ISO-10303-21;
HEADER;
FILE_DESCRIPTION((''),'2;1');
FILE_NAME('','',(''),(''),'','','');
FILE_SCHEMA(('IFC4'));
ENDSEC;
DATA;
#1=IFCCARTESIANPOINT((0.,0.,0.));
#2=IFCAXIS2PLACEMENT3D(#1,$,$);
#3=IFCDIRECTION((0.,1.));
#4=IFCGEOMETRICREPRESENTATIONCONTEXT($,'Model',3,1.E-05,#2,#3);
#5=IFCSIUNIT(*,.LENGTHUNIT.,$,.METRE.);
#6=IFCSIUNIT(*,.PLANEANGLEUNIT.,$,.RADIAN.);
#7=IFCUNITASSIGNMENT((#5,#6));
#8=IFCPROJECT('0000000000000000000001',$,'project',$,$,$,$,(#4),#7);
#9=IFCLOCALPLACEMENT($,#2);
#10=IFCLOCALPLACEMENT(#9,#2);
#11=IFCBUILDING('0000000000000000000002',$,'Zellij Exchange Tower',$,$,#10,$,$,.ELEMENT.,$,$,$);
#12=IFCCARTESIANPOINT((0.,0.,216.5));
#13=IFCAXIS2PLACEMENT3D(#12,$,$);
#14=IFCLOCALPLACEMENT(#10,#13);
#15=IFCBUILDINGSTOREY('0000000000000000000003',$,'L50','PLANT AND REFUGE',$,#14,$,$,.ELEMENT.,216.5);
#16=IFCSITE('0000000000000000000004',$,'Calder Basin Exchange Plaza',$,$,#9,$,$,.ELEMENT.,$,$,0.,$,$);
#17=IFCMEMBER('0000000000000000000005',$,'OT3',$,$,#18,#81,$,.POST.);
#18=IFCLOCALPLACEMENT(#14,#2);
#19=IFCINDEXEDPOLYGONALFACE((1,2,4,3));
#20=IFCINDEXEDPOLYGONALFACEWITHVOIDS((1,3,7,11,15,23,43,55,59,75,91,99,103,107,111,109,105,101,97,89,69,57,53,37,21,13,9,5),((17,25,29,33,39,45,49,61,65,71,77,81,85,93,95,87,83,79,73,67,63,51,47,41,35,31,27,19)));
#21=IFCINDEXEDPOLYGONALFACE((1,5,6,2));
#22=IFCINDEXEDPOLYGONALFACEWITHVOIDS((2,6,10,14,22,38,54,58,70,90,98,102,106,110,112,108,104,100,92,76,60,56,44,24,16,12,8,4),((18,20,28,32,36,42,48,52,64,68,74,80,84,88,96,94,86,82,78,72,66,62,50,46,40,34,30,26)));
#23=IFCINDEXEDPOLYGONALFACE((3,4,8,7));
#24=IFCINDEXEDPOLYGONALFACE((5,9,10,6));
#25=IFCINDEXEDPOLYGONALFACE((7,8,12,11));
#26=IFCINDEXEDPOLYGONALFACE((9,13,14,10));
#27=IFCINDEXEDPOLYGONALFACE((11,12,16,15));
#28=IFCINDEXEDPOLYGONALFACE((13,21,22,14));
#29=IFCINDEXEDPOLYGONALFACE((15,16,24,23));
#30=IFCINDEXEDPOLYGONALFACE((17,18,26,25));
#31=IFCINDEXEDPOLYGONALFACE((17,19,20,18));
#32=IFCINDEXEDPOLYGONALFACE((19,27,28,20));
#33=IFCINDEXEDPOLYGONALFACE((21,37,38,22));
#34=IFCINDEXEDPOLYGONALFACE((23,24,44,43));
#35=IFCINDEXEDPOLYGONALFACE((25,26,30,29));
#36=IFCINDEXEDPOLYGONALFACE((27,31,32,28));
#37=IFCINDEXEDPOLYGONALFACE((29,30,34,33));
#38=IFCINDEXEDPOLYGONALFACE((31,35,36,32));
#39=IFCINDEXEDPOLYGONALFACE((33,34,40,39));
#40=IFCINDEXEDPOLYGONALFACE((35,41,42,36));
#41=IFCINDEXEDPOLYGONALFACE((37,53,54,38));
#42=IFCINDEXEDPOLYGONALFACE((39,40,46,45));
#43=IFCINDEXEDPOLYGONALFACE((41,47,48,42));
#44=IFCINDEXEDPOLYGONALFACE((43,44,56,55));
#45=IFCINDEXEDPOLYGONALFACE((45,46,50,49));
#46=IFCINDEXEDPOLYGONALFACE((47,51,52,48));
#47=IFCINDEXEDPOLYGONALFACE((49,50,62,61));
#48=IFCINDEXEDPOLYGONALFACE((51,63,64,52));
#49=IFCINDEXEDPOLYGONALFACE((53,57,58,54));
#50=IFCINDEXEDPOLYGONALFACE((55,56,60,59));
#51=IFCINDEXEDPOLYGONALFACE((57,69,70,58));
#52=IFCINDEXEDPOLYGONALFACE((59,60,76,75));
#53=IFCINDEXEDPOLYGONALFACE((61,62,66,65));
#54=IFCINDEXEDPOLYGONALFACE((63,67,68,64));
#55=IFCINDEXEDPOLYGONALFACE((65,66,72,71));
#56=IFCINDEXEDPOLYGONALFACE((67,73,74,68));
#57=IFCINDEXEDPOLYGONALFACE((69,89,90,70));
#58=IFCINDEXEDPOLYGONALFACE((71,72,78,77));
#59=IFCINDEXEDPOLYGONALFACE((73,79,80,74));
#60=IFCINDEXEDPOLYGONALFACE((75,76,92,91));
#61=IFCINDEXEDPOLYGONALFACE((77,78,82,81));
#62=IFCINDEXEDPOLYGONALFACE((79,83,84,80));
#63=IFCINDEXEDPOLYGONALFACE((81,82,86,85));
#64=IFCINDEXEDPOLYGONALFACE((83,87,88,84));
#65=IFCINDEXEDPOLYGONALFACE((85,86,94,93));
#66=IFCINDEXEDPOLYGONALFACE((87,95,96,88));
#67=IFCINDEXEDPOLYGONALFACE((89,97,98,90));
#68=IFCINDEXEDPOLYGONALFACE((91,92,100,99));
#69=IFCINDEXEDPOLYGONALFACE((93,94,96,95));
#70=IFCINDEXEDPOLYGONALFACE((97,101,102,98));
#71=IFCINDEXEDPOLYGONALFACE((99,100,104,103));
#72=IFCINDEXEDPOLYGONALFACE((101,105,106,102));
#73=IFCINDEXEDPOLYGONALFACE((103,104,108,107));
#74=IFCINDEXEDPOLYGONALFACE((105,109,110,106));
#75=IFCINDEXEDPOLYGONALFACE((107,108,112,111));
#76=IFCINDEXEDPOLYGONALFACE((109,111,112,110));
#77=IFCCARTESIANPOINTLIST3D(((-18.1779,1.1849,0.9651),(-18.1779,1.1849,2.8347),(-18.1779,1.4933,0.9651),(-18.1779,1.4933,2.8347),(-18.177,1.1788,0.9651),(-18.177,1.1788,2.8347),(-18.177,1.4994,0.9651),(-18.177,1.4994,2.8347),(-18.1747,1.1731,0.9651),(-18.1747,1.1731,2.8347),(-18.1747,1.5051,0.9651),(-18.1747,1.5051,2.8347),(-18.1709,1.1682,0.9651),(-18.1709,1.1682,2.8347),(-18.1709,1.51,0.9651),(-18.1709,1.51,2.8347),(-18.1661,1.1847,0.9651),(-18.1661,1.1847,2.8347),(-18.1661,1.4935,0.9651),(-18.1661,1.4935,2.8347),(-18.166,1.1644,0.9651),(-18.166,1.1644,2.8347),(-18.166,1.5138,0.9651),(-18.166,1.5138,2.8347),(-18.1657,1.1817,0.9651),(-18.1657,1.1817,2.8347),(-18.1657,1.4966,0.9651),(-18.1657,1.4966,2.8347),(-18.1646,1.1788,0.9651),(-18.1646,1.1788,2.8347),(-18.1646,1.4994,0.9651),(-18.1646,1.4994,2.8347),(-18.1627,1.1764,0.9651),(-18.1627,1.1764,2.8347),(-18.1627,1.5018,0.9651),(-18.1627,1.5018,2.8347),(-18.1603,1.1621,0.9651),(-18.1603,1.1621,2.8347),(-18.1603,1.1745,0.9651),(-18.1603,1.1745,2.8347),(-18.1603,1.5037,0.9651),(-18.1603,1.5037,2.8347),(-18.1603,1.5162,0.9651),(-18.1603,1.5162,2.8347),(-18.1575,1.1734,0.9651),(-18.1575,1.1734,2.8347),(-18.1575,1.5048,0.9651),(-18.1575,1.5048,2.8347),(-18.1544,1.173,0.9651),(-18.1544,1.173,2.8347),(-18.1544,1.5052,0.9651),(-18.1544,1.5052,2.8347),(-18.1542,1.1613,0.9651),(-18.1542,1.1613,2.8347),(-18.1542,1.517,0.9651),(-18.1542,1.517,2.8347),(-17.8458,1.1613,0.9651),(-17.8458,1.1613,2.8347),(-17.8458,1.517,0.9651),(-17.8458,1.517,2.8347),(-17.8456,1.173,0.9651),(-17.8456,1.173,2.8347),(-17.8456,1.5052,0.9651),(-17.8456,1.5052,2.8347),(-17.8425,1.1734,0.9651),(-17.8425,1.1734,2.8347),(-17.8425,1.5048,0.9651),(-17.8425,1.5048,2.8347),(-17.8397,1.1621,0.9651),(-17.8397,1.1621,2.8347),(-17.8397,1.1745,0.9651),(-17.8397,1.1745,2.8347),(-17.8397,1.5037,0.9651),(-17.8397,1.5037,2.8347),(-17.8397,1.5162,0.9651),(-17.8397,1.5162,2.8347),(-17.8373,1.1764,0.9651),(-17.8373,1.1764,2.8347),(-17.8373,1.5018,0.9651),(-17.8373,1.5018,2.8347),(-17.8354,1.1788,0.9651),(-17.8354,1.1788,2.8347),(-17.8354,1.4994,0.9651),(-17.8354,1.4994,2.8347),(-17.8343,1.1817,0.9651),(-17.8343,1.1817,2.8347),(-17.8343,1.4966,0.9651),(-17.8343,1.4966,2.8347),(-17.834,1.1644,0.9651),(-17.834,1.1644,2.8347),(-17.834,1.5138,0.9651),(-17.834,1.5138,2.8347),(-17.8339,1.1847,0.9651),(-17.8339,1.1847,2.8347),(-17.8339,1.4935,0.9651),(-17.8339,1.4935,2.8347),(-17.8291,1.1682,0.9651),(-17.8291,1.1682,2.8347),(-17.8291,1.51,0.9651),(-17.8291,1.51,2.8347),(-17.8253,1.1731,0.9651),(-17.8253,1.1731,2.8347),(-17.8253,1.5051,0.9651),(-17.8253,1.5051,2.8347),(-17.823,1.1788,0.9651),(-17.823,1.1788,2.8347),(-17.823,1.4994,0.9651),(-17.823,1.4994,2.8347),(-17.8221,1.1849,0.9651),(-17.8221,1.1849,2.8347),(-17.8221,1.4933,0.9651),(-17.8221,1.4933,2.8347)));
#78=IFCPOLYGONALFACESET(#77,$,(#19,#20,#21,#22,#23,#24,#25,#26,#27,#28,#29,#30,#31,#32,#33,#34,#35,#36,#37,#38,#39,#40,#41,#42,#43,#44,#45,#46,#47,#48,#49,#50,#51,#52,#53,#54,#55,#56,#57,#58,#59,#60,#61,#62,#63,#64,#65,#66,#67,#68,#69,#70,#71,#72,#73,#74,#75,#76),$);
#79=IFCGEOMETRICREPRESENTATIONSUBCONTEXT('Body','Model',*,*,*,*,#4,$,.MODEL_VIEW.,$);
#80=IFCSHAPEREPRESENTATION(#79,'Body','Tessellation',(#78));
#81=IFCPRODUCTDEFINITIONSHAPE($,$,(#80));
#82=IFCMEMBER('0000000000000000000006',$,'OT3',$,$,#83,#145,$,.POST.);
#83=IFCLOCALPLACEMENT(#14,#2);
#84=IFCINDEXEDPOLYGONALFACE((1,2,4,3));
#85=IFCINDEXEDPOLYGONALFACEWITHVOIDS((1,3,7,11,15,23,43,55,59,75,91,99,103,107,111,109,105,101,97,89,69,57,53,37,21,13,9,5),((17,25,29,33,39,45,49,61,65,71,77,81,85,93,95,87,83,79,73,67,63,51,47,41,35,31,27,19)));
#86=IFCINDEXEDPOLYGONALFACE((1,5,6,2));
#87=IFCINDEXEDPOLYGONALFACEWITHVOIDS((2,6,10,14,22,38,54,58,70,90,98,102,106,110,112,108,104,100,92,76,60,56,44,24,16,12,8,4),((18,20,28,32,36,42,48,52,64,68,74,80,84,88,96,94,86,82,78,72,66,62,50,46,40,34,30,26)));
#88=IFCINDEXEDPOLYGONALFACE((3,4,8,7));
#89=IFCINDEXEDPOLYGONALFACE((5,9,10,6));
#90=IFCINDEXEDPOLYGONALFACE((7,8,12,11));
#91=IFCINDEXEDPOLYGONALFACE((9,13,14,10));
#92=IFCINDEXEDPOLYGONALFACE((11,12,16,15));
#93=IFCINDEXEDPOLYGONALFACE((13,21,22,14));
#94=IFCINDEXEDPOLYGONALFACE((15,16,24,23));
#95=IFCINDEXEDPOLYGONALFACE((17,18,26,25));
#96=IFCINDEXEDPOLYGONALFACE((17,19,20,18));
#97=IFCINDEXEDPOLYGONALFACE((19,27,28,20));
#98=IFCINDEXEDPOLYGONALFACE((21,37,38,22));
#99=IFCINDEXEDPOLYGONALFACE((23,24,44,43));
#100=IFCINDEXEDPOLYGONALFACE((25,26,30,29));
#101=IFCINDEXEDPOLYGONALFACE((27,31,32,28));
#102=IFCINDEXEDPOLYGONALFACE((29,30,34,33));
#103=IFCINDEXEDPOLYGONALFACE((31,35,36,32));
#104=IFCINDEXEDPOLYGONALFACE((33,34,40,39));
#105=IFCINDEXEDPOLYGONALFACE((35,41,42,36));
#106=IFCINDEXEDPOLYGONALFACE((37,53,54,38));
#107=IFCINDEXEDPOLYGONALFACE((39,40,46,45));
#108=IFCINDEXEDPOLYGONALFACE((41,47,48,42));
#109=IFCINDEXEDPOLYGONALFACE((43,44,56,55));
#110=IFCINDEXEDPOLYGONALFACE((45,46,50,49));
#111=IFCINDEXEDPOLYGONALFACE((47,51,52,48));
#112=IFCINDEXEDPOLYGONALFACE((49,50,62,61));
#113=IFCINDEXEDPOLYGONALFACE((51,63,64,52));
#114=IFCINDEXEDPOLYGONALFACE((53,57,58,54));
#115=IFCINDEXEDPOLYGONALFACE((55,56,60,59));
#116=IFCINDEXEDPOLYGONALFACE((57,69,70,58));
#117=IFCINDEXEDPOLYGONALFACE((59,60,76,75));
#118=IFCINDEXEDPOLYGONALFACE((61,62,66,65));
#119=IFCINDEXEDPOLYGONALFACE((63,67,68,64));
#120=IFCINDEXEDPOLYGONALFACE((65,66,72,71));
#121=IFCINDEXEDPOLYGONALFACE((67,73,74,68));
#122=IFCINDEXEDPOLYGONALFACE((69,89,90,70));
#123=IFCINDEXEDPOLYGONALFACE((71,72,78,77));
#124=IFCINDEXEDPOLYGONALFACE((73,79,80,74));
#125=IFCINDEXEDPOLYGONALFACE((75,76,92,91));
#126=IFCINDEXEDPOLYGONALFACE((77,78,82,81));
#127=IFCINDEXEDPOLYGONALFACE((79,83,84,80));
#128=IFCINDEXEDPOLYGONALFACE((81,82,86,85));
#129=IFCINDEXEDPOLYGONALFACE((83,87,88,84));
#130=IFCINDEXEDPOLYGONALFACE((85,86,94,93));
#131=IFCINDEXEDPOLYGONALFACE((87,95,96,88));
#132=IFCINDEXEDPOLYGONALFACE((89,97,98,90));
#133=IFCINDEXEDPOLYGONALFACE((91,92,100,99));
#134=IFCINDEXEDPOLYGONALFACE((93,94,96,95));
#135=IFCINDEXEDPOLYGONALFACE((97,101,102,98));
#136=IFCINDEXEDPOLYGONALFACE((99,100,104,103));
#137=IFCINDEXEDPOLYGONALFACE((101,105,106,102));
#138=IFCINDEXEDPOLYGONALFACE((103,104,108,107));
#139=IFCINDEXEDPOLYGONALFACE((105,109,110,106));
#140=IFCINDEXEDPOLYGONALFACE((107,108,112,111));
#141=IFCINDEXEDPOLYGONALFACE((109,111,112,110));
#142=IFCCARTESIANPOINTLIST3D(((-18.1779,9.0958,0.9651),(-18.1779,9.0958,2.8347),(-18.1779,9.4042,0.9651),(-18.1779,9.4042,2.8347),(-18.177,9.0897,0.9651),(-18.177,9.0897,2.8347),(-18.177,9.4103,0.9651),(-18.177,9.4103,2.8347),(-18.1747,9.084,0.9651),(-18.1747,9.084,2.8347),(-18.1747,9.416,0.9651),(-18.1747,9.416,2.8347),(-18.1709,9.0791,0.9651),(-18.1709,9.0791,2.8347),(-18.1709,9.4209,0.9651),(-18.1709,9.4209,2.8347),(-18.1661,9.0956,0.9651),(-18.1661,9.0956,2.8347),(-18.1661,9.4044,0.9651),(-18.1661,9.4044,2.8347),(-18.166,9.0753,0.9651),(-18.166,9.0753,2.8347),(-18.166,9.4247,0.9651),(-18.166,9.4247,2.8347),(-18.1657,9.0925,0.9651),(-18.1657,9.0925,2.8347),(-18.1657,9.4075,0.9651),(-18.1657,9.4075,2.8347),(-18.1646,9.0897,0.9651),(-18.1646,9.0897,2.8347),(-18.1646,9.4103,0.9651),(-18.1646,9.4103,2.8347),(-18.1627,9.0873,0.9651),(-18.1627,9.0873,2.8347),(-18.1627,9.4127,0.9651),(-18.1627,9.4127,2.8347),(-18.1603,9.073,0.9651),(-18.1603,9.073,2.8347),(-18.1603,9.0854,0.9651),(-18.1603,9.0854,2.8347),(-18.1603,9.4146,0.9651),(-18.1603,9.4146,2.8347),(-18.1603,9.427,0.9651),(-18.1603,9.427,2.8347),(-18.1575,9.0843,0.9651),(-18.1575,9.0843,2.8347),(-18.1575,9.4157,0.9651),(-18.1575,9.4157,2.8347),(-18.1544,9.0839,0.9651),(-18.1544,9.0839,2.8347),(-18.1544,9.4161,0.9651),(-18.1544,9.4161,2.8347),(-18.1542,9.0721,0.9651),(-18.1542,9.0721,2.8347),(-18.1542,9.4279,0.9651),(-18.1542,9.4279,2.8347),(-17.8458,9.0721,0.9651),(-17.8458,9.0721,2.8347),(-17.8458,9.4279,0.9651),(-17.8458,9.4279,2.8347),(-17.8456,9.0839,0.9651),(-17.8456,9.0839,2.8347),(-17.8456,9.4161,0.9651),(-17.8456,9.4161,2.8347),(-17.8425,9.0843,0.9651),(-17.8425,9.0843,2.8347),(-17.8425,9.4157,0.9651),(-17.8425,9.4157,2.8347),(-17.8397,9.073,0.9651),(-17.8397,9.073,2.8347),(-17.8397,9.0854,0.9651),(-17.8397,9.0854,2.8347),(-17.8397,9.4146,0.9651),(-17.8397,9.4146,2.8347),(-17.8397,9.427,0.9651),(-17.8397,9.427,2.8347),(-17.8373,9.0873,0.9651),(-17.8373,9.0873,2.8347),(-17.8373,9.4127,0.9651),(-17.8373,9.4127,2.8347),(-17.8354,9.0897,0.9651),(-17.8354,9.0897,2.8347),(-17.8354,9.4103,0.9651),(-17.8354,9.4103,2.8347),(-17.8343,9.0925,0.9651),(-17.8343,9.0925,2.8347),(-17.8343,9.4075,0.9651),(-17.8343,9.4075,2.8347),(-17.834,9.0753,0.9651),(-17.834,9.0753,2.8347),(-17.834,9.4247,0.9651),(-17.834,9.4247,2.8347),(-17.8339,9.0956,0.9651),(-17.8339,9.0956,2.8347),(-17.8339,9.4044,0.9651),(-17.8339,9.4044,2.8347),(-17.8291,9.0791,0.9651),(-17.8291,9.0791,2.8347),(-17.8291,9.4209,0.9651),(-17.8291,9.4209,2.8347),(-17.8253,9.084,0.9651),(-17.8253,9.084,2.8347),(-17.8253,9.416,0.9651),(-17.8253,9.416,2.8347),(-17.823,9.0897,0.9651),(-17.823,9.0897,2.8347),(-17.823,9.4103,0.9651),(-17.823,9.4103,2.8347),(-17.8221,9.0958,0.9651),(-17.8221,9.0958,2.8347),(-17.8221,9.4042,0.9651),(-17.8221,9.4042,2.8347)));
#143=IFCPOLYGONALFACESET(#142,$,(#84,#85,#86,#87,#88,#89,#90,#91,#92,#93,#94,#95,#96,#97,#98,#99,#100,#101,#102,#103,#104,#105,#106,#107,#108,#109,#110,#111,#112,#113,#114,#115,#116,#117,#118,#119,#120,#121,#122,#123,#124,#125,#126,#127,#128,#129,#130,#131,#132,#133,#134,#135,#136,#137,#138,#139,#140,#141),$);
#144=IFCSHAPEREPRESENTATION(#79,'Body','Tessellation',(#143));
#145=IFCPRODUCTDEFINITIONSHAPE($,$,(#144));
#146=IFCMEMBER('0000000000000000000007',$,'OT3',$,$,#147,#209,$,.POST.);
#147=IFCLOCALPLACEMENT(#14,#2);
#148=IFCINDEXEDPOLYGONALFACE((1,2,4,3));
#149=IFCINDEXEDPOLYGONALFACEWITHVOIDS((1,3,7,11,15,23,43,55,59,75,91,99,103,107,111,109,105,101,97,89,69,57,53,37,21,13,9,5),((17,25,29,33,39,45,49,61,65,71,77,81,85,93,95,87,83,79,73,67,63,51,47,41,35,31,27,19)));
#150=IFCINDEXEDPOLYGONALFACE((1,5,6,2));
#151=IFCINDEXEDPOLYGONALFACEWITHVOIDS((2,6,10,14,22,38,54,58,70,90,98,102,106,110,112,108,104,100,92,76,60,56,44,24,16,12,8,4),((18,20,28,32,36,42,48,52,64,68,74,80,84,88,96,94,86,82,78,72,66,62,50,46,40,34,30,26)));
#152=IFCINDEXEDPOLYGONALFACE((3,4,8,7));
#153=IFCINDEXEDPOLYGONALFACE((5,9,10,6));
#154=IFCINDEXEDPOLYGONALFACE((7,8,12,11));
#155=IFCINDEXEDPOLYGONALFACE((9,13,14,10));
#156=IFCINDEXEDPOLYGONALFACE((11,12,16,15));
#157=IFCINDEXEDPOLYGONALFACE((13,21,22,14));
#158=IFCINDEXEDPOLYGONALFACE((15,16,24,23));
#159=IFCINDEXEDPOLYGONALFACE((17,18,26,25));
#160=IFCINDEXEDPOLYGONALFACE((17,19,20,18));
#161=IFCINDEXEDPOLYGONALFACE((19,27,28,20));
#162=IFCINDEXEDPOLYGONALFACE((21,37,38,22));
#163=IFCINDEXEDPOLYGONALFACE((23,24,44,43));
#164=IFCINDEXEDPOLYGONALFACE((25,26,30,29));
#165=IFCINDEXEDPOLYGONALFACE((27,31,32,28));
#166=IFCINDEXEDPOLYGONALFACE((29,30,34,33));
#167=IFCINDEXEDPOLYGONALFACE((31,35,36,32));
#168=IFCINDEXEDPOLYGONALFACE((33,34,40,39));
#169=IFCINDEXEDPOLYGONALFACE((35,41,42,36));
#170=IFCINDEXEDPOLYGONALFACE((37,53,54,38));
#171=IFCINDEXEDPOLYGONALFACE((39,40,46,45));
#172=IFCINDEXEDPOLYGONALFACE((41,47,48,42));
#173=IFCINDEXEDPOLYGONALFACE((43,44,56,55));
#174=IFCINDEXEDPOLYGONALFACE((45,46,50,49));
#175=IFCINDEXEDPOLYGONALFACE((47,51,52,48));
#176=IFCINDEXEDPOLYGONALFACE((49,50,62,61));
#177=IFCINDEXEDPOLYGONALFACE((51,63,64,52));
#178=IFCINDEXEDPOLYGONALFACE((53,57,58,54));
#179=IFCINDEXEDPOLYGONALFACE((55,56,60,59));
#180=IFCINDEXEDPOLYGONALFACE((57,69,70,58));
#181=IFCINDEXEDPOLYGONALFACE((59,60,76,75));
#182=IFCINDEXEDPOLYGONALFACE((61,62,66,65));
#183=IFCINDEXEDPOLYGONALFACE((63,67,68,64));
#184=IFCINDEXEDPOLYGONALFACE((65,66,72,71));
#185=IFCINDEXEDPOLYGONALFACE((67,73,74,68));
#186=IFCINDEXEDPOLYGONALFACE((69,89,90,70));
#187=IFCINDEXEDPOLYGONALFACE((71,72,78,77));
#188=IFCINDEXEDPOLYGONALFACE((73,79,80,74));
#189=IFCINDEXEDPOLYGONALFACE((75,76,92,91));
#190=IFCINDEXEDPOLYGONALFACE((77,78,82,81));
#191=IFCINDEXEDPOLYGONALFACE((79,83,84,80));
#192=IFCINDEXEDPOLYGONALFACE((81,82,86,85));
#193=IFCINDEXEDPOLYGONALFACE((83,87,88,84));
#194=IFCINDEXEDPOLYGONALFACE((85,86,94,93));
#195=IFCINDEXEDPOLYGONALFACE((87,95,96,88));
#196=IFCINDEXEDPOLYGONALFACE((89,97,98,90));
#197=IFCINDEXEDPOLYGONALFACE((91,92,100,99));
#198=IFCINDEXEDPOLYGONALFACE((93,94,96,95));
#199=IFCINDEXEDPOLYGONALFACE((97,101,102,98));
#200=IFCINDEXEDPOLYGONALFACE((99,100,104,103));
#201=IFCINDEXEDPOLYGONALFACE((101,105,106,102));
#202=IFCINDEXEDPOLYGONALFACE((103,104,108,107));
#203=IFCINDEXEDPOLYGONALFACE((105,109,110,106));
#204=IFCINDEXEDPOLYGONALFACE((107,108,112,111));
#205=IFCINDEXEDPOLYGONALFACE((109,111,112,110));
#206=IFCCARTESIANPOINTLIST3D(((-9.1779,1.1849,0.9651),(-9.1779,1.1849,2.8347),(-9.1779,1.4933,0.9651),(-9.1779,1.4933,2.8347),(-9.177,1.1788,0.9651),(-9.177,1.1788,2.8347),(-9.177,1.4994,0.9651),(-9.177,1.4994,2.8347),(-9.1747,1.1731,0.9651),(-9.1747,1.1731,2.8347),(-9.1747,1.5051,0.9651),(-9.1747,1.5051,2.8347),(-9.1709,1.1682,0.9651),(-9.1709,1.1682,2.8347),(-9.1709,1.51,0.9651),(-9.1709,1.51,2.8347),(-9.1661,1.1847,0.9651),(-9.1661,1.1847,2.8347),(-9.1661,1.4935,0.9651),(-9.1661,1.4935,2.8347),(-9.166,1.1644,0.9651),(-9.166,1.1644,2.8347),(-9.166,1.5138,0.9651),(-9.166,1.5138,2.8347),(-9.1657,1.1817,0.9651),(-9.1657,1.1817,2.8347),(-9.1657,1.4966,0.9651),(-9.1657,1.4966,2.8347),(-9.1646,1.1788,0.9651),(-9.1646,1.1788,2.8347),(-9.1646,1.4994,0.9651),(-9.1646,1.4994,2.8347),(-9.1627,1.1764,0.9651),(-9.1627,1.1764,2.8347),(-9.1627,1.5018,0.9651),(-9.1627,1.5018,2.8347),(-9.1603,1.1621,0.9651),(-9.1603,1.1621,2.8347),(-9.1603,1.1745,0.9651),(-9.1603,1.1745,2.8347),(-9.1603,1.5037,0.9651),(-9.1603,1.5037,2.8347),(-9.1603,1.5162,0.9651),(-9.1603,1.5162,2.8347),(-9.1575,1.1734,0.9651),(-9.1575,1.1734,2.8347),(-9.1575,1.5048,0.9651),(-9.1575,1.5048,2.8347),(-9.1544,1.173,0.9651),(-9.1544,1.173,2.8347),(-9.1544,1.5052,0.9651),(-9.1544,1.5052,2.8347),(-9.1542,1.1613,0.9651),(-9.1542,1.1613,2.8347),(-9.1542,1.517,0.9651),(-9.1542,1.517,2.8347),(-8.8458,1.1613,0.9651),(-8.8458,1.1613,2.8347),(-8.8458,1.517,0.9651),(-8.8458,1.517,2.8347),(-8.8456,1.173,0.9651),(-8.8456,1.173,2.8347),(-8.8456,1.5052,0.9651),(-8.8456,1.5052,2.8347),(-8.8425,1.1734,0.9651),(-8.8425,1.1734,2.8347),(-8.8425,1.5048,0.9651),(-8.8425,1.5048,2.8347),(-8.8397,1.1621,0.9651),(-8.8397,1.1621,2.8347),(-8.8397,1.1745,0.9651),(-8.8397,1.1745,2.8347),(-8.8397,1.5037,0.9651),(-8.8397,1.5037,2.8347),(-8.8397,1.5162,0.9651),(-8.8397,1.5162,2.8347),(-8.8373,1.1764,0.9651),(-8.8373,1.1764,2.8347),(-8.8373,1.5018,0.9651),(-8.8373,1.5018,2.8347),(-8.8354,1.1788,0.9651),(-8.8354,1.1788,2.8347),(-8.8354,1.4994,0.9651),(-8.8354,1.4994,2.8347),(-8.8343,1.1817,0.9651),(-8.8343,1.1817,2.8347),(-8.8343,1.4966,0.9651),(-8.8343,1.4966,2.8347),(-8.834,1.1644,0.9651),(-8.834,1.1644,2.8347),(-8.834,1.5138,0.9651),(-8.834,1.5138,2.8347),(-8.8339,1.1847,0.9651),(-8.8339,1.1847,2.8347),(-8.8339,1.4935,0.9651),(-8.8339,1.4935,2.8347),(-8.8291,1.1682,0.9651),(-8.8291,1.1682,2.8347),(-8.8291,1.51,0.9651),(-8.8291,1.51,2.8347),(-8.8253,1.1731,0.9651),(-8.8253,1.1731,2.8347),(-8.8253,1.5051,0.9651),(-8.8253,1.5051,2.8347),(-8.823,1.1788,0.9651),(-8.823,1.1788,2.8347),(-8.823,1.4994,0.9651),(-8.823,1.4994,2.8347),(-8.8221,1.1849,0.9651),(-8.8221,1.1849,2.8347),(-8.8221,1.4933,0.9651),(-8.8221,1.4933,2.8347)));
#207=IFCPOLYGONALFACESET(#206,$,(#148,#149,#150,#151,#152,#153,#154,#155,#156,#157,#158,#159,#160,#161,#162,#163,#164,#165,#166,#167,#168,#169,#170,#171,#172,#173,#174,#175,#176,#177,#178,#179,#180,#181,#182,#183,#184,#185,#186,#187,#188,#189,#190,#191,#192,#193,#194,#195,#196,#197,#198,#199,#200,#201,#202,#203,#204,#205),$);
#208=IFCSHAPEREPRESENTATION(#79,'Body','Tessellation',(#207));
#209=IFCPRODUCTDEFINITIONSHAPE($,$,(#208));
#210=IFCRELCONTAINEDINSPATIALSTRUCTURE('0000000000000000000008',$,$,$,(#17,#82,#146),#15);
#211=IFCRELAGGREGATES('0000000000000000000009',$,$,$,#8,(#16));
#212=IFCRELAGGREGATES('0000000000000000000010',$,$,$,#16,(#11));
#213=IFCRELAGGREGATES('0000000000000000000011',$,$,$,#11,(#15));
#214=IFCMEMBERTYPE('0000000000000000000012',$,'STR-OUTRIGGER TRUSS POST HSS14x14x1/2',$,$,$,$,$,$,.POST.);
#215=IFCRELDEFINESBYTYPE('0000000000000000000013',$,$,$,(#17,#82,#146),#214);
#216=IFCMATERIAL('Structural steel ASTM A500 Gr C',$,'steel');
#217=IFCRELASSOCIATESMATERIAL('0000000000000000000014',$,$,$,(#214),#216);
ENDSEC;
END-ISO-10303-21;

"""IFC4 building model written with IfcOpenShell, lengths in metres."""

from ifc_helpers import new_model, si_unit, direction, frame, origin, origin_2d, place, context, subcontext, project, spatial, hollow_rectangle, extrude, material, material_profile, profile_set, type_object, element, save


model = new_model("IFC4")

# Units and contexts
model_context = context("Model", 3, precision=1e-05, world=origin(), true_north=direction((0.0, 1.0)))
body_context = subcontext(model_context, "Body", "Model", "MODEL_VIEW")
ifc_project = project(units=[si_unit("LENGTHUNIT", "METRE"), si_unit("PLANEANGLEUNIT", "RADIAN")], contexts=[model_context])

# Site, building, storey
site_placement = place(None, origin())
site = spatial("IfcSite", under=ifc_project, at=site_placement, Name="Calder Basin Exchange Plaza", CompositionType="ELEMENT", RefElevation=0.0)
building_placement = place(site_placement, origin())
building = spatial("IfcBuilding", under=site, at=building_placement, Name="Zellij Exchange Tower", CompositionType="ELEMENT")
storey_placement = place(building_placement, frame((0.0, 0.0, 216.5)))
storey = spatial("IfcBuildingStorey", under=building, at=storey_placement, Name="L50", Description="PLANT AND REFUGE", CompositionType="ELEMENT", Elevation=216.5)

# Members
ifc_material_1 = material(Name="Structural steel ASTM A500 Gr C", Category="steel")
ifc_material_profile_1 = material_profile(ifc_material_1, hollow_rectangle(XDim=0.3557, YDim=0.3557, WallThickness=0.0117, InnerFilletRadius=0.0117, OuterFilletRadius=0.0237, at=origin_2d()), Name="STR-OUTRIGGER TRUSS POST HSS14x14x1/2")
ifc_profile_set_1 = profile_set([ifc_material_profile_1], Name="Structural steel ASTM A500 Gr C")
member_type_1 = type_object("IfcMemberType", Name="STR-OUTRIGGER TRUSS POST HSS14x14x1/2", PredefinedType="POST", material=ifc_profile_set_1)
for number, where, z_axis, x_axis, name in (
    (1, (-18.0, 1.3391, 0.9651), (0.0, 0.0, 1.0), (1.0, 0.0, 0.0), "OT3"),
    (2, (-18.0, 9.25, 0.9651), (0.0, 0.0, 1.0), (1.0, 0.0, 0.0), "OT3"),
    (3, (-9.0, 1.3391, 0.9651), (0.0, 0.0, 1.0), (1.0, 0.0, 0.0), "OT3"),
):
    element("IfcMember", number, at=place(storey_placement, frame(where, z_axis=z_axis, x_axis=x_axis)), inside=storey, type_object=member_type_1, Name=name, PredefinedType="POST", context=body_context, shape_type="SweptSolid", body=[
        extrude(hollow_rectangle(XDim=0.3557, YDim=0.3557, WallThickness=0.0117, InnerFilletRadius=0.0117, OuterFilletRadius=0.0237, at=origin_2d()), origin(), (0.0, 0.0, 1.0), 1.8696),
    ])

save(model, "model.ifc")
